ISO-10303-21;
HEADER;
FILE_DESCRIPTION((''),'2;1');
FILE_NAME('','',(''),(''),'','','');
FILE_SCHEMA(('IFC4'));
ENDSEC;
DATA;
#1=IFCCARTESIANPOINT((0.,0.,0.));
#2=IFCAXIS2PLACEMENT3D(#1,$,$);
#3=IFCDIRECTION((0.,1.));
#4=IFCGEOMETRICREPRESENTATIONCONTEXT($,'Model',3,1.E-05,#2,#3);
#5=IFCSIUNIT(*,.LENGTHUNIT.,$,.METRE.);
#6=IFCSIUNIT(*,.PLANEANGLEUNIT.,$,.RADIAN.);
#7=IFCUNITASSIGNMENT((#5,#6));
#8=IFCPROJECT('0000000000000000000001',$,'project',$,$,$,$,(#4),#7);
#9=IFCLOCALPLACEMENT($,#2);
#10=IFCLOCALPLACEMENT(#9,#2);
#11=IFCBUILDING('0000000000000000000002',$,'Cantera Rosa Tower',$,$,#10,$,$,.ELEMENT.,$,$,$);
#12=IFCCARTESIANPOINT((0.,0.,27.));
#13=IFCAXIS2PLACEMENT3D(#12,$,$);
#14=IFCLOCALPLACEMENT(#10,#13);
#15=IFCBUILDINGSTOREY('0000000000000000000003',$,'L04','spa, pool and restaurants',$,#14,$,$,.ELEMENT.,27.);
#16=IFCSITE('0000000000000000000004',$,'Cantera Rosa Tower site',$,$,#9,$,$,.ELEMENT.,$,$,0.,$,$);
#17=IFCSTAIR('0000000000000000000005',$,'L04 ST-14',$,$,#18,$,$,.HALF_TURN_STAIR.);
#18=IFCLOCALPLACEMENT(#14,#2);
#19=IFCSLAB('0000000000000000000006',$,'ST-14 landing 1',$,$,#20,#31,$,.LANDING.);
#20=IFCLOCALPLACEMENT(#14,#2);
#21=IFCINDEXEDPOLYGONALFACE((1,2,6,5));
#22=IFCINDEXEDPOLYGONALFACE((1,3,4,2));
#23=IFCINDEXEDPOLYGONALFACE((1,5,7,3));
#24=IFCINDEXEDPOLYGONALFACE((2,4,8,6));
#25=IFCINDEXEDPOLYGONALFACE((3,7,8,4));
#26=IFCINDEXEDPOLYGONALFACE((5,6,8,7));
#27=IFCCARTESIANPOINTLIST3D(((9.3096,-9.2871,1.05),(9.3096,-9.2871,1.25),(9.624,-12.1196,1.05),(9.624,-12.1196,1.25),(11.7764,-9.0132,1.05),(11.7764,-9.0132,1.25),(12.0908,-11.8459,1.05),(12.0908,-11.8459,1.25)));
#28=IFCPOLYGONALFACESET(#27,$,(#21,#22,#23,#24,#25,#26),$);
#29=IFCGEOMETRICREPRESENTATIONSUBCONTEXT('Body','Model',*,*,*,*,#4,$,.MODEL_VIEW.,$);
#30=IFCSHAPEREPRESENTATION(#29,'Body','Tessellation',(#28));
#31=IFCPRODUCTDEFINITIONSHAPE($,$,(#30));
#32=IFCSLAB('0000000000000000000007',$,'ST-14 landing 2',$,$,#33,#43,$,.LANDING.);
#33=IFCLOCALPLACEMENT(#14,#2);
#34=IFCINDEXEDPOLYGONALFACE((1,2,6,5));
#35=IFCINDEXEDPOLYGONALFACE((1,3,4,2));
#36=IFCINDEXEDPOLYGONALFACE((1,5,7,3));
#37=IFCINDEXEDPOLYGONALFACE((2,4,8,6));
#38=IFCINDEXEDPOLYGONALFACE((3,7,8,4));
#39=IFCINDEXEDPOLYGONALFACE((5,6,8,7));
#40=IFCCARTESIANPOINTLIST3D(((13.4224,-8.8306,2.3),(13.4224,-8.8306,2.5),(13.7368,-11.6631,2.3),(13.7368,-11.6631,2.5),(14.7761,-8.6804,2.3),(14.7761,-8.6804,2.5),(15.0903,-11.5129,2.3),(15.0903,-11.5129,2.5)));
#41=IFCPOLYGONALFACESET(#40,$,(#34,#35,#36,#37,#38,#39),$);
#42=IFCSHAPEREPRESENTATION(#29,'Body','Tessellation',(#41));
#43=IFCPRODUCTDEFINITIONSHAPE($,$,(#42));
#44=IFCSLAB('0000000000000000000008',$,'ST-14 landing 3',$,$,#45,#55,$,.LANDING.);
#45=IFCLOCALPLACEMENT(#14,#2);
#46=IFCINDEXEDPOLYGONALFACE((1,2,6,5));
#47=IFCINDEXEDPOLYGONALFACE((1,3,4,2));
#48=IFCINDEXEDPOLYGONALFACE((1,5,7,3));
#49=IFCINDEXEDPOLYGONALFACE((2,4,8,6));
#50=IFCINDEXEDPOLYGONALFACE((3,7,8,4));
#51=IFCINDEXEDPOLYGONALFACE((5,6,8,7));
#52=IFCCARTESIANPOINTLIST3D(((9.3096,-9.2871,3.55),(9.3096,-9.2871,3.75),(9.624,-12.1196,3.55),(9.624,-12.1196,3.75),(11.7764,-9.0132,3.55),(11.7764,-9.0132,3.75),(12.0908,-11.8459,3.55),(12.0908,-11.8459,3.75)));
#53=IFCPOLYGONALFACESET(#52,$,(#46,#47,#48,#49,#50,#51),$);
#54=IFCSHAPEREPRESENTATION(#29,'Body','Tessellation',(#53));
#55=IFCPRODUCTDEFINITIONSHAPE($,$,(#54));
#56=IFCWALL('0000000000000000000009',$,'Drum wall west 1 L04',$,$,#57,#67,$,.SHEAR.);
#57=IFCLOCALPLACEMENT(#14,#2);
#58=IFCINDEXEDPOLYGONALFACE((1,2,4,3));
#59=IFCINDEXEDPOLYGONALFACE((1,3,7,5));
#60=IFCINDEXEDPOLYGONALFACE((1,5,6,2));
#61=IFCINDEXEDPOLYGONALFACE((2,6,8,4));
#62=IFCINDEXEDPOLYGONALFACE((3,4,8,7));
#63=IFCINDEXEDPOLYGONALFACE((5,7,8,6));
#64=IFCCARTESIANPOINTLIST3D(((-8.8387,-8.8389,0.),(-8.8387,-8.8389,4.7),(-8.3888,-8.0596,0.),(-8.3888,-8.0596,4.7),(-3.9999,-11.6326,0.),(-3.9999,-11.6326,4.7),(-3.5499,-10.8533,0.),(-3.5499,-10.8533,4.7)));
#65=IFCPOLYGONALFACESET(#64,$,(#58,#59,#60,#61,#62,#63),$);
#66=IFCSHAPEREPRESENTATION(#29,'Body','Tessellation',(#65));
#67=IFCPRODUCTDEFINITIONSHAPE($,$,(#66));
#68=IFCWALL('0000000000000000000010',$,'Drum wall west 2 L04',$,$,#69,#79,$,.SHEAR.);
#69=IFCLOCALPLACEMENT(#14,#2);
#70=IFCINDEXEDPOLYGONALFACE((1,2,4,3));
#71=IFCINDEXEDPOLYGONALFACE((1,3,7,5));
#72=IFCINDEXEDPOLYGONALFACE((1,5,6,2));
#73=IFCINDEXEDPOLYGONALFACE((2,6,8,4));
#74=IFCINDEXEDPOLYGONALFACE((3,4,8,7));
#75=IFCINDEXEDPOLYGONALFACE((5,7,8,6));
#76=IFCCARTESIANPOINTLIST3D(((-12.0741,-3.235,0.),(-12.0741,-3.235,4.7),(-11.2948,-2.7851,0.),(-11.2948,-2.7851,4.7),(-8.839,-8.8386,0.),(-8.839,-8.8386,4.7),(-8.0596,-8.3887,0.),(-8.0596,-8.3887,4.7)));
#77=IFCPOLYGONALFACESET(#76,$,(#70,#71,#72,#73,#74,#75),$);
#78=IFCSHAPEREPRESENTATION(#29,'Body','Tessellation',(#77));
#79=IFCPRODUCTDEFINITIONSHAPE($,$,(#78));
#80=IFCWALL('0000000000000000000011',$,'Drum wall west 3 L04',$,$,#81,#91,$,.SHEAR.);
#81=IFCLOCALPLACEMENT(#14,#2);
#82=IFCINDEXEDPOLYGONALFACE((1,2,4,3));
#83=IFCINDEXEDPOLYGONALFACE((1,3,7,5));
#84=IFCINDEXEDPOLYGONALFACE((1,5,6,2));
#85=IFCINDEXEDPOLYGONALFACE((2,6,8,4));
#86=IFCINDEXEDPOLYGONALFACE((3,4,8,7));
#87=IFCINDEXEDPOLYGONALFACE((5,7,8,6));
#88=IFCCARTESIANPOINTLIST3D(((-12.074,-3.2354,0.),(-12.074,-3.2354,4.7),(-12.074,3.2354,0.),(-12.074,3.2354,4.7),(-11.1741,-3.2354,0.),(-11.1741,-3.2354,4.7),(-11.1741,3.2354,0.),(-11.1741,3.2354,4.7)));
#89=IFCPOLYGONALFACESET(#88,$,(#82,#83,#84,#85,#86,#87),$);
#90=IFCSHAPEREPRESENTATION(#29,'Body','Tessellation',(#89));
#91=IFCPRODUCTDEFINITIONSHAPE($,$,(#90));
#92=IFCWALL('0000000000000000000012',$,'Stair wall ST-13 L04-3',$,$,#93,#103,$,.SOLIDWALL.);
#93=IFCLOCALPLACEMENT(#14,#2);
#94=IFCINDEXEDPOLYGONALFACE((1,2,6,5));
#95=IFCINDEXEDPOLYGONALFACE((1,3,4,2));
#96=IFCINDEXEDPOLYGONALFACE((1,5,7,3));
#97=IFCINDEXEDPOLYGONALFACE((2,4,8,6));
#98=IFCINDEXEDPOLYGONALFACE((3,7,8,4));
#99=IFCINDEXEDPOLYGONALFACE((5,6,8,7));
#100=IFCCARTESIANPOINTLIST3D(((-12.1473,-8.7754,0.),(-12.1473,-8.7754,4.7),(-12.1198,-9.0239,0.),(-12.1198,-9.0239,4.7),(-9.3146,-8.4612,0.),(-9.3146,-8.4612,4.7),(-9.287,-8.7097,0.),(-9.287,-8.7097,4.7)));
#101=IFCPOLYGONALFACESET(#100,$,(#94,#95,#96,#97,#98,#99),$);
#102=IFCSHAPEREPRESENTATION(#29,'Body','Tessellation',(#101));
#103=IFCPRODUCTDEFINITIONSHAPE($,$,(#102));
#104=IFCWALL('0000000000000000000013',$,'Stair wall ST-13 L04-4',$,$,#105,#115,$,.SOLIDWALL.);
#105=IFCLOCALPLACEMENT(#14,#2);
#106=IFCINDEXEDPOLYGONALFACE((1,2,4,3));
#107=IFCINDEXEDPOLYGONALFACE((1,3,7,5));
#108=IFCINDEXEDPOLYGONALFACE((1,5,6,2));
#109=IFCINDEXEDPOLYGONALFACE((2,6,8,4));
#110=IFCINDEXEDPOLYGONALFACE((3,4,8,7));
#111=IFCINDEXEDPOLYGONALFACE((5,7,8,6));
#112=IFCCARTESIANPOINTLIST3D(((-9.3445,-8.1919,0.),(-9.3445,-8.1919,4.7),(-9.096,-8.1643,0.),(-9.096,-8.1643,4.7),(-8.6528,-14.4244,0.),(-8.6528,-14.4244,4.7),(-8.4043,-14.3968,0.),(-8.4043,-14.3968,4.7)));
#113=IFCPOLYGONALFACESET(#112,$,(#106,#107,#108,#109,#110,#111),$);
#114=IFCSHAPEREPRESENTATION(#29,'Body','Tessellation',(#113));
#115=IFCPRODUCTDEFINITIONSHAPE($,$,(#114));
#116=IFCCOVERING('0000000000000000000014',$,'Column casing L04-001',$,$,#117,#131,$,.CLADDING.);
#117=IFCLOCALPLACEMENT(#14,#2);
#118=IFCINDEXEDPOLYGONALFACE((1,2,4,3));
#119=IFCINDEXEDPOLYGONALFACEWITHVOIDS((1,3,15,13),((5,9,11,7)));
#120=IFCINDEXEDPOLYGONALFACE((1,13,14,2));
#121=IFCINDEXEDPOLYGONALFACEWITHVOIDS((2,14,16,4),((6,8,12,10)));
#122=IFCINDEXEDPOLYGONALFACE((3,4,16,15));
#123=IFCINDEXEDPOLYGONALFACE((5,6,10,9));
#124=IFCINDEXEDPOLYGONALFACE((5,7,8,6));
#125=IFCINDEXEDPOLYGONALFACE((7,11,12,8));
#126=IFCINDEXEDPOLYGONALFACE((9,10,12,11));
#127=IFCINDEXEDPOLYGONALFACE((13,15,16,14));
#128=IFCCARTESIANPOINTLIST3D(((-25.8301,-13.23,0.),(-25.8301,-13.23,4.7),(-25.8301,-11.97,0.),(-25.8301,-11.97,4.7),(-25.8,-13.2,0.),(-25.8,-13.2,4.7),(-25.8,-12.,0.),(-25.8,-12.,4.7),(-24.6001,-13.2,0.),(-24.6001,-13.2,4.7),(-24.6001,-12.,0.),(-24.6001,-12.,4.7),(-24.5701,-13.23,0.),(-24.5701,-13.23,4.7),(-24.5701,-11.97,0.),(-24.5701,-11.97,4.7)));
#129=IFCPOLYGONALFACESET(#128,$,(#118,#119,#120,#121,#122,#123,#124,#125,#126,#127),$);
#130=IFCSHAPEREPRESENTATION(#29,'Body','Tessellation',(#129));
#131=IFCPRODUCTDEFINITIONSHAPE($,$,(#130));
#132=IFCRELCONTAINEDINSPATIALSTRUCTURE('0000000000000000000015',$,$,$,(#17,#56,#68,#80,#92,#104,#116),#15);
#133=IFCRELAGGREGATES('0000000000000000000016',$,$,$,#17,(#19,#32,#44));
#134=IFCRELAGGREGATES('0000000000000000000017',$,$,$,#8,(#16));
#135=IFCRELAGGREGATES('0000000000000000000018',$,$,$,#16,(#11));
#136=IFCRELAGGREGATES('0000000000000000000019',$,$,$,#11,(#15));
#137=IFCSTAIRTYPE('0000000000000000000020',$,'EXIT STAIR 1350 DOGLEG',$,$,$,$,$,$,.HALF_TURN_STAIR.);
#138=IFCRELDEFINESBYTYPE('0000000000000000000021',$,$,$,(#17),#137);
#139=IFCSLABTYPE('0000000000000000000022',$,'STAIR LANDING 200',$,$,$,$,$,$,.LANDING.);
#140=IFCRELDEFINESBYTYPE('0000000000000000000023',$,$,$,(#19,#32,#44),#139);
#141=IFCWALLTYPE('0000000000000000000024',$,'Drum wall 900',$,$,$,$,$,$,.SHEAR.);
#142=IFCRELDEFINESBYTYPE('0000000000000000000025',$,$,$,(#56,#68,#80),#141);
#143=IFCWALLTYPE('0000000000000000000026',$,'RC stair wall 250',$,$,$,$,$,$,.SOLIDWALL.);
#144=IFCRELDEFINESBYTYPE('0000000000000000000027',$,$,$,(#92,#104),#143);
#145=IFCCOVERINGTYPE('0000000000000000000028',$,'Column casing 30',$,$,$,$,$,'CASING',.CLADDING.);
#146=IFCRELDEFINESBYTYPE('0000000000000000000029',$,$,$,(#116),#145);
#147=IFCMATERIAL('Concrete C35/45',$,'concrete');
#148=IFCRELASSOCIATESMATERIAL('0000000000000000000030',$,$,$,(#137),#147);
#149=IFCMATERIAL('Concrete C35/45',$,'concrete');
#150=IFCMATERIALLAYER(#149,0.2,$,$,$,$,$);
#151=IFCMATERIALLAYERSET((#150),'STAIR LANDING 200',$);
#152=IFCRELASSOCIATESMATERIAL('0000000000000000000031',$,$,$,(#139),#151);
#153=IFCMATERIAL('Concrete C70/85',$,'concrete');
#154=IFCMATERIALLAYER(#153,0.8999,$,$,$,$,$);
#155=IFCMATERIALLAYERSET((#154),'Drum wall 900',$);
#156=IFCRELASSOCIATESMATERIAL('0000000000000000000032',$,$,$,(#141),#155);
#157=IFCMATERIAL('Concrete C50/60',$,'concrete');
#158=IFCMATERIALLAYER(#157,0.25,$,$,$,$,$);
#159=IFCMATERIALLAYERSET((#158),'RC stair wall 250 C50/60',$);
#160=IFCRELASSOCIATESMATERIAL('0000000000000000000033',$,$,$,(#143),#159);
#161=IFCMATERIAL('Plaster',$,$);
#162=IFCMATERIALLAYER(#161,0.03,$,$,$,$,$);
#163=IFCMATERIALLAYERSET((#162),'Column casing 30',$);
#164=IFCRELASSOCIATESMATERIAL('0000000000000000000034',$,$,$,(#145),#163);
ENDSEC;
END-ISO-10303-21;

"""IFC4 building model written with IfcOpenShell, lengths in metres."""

from ifc_helpers import new_model, si_unit, direction, frame, frame_2d, origin, place, context, subcontext, project, spatial, polyline, rectangle, outline, extrude, material, layer, layer_set, type_object, element, aggregate, save


model = new_model("IFC4")

# Units and contexts
model_context = context("Model", 3, precision=1e-05, world=origin(), true_north=direction((0.0, 1.0)))
body_context = subcontext(model_context, "Body", "Model", "MODEL_VIEW")
ifc_project = project(units=[si_unit("LENGTHUNIT", "METRE"), si_unit("PLANEANGLEUNIT", "RADIAN")], contexts=[model_context])

# Site, building, storey
site_placement = place(None, origin())
site = spatial("IfcSite", under=ifc_project, at=site_placement, Name="Cantera Rosa Tower site", CompositionType="ELEMENT", RefElevation=0.0)
building_placement = place(site_placement, origin())
building = spatial("IfcBuilding", under=site, at=building_placement, Name="Cantera Rosa Tower", CompositionType="ELEMENT")
storey_placement = place(building_placement, frame((0.0, 0.0, 27.0)))
storey = spatial("IfcBuildingStorey", under=building, at=storey_placement, Name="L04", Description="spa, pool and restaurants", CompositionType="ELEMENT", Elevation=27.0)

# Stair, slabs
ifc_material_1 = material(Name="Concrete C35/45", Category="concrete")
stair_type = type_object("IfcStairType", Name="EXIT STAIR 1350 DOGLEG", PredefinedType="HALF_TURN_STAIR", material=ifc_material_1)
ifc_material_2 = material(Name="Concrete C35/45", Category="concrete")
ifc_layer_1 = layer(ifc_material_2, 0.2)
ifc_layer_set_1 = layer_set([ifc_layer_1], Name="STAIR LANDING 200")
slab_type_1 = type_object("IfcSlabType", Name="STAIR LANDING 200", PredefinedType="LANDING", material=ifc_layer_set_1)
stair_1_placement = place(storey_placement, origin())
stair_1 = element("IfcStair", 1, at=stair_1_placement, inside=storey, type_object=stair_type, Name="L04 ST-14", PredefinedType="HALF_TURN_STAIR")
slab_1_placement = place(storey_placement, frame((0.0, 0.0, 1.05)))
slab_1 = element("IfcSlab", 2, at=slab_1_placement, type_object=slab_type_1, Name="ST-14 landing 1", PredefinedType="LANDING", context=body_context, shape_type="SweptSolid", body=[
    extrude(outline(polyline([(11.7764, -9.0132), (9.3096, -9.2871), (9.624, -12.1196), (12.0908, -11.8459), (11.7764, -9.0132)])), origin(), (0.0, 0.0, 1.0), 0.2),
])
slab_2_placement = place(storey_placement, frame((0.0, 0.0, 2.3)))
slab_2 = element("IfcSlab", 3, at=slab_2_placement, type_object=slab_type_1, Name="ST-14 landing 2", PredefinedType="LANDING", context=body_context, shape_type="SweptSolid", body=[
    extrude(outline(polyline([(14.7761, -8.6804), (13.4224, -8.8306), (13.7368, -11.6631), (15.0903, -11.5129), (14.7761, -8.6804)])), origin(), (0.0, 0.0, 1.0), 0.2),
])
slab_3_placement = place(storey_placement, frame((0.0, 0.0, 3.55)))
slab_3 = element("IfcSlab", 4, at=slab_3_placement, type_object=slab_type_1, Name="ST-14 landing 3", PredefinedType="LANDING", context=body_context, shape_type="SweptSolid", body=[
    extrude(outline(polyline([(11.7764, -9.0132), (9.3096, -9.2871), (9.624, -12.1196), (12.0908, -11.8459), (11.7764, -9.0132)])), origin(), (0.0, 0.0, 1.0), 0.2),
])
aggregate(stair_1, [slab_1, slab_2, slab_3])

# Walls
ifc_material_3 = material(Name="Concrete C70/85", Category="concrete")
ifc_layer_2 = layer(ifc_material_3, 0.8999)
ifc_layer_set_2 = layer_set([ifc_layer_2], Name="Drum wall 900")
wall_type_1 = type_object("IfcWallType", Name="Drum wall 900", PredefinedType="SHEAR", material=ifc_layer_set_2)
wall_1_placement = place(storey_placement, frame((-3.7749, -11.2429, 0.0), z_axis=(0.0, 0.0, 1.0), x_axis=(-0.866027, 0.499997, 0.0)))
element("IfcWall", 5, at=wall_1_placement, inside=storey, type_object=wall_type_1, Name="Drum wall west 1 L04", PredefinedType="SHEAR", context=body_context, shape_type="SweptSolid", body=[
    extrude(rectangle(XDim=5.5874, YDim=0.8999, at=frame_2d((2.7937, 0.0))), origin(), (0.0, 0.0, 1.0), 4.7),
])
wall_2_placement = place(storey_placement, frame((-8.4492, -8.6138, 0.0), z_axis=(0.0, 0.0, 1.0), x_axis=(-0.49999, 0.866031, 0.0)))
element("IfcWall", 6, at=wall_2_placement, inside=storey, type_object=wall_type_1, Name="Drum wall west 2 L04", PredefinedType="SHEAR", context=body_context, shape_type="SweptSolid", body=[
    extrude(rectangle(XDim=6.4705, YDim=0.8999, at=frame_2d((3.2354, 0.0))), origin(), (0.0, 0.0, 1.0), 4.7),
])
wall_3_placement = place(storey_placement, frame((-11.624, -3.2354, 0.0), z_axis=(0.0, 0.0, 1.0), x_axis=(0.0, 1.0, 0.0)))
element("IfcWall", 7, at=wall_3_placement, inside=storey, type_object=wall_type_1, Name="Drum wall west 3 L04", PredefinedType="SHEAR", context=body_context, shape_type="SweptSolid", body=[
    extrude(rectangle(XDim=6.4707, YDim=0.8999, at=frame_2d((3.2354, 0.0))), origin(), (0.0, 0.0, 1.0), 4.7),
])
ifc_material_4 = material(Name="Concrete C50/60", Category="concrete")
ifc_layer_3 = layer(ifc_material_4, 0.25)
ifc_layer_set_3 = layer_set([ifc_layer_3], Name="RC stair wall 250 C50/60")
wall_type_2 = type_object("IfcWallType", Name="RC stair wall 250", PredefinedType="SOLIDWALL", material=ifc_layer_set_3)
wall_4_placement = place(storey_placement, frame((-12.1335, -8.8997, 0.0), z_axis=(0.0, 0.0, 1.0), x_axis=(0.993905, 0.110243, 0.0)))
element("IfcWall", 8, at=wall_4_placement, inside=storey, type_object=wall_type_2, Name="Stair wall ST-13 L04-3", PredefinedType="SOLIDWALL", context=body_context, shape_type="SweptSolid", body=[
    extrude(rectangle(XDim=2.8501, YDim=0.25, at=frame_2d((1.425, 0.0))), origin(), (0.0, 0.0, 1.0), 4.7),
])
wall_5_placement = place(storey_placement, frame((-9.2202, -8.1782, 0.0), z_axis=(0.0, 0.0, 1.0), x_axis=(0.110299, -0.993898, 0.0)))
element("IfcWall", 9, at=wall_5_placement, inside=storey, type_object=wall_type_2, Name="Stair wall ST-13 L04-4", PredefinedType="SOLIDWALL", context=body_context, shape_type="SweptSolid", body=[
    extrude(rectangle(XDim=6.2708, YDim=0.25, at=frame_2d((3.1353, 0.0))), origin(), (0.0, 0.0, 1.0), 4.7),
])

# Covering
ifc_material_5 = material(Name="Plaster")
ifc_layer_4 = layer(ifc_material_5, 0.03)
ifc_layer_set_4 = layer_set([ifc_layer_4], Name="Column casing 30")
covering_type = type_object("IfcCoveringType", Name="Column casing 30", ElementType="CASING", PredefinedType="CLADDING", material=ifc_layer_set_4)
covering_placement = place(storey_placement, origin())
element("IfcCovering", 10, at=covering_placement, inside=storey, type_object=covering_type, Name="Column casing L04-001", PredefinedType="CLADDING", context=body_context, shape_type="SweptSolid", body=[
    extrude(outline(polyline([(-25.8301, -13.23), (-24.5701, -13.23), (-24.5701, -11.97), (-25.8301, -11.97), (-25.8301, -13.23)]), holes=[polyline([(-24.6001, -12.0), (-25.8, -12.0), (-25.8, -13.2), (-24.6001, -13.2), (-24.6001, -12.0)])]), origin(), (0.0, 0.0, 1.0), 4.7),
])

save(model, "model.ifc")
